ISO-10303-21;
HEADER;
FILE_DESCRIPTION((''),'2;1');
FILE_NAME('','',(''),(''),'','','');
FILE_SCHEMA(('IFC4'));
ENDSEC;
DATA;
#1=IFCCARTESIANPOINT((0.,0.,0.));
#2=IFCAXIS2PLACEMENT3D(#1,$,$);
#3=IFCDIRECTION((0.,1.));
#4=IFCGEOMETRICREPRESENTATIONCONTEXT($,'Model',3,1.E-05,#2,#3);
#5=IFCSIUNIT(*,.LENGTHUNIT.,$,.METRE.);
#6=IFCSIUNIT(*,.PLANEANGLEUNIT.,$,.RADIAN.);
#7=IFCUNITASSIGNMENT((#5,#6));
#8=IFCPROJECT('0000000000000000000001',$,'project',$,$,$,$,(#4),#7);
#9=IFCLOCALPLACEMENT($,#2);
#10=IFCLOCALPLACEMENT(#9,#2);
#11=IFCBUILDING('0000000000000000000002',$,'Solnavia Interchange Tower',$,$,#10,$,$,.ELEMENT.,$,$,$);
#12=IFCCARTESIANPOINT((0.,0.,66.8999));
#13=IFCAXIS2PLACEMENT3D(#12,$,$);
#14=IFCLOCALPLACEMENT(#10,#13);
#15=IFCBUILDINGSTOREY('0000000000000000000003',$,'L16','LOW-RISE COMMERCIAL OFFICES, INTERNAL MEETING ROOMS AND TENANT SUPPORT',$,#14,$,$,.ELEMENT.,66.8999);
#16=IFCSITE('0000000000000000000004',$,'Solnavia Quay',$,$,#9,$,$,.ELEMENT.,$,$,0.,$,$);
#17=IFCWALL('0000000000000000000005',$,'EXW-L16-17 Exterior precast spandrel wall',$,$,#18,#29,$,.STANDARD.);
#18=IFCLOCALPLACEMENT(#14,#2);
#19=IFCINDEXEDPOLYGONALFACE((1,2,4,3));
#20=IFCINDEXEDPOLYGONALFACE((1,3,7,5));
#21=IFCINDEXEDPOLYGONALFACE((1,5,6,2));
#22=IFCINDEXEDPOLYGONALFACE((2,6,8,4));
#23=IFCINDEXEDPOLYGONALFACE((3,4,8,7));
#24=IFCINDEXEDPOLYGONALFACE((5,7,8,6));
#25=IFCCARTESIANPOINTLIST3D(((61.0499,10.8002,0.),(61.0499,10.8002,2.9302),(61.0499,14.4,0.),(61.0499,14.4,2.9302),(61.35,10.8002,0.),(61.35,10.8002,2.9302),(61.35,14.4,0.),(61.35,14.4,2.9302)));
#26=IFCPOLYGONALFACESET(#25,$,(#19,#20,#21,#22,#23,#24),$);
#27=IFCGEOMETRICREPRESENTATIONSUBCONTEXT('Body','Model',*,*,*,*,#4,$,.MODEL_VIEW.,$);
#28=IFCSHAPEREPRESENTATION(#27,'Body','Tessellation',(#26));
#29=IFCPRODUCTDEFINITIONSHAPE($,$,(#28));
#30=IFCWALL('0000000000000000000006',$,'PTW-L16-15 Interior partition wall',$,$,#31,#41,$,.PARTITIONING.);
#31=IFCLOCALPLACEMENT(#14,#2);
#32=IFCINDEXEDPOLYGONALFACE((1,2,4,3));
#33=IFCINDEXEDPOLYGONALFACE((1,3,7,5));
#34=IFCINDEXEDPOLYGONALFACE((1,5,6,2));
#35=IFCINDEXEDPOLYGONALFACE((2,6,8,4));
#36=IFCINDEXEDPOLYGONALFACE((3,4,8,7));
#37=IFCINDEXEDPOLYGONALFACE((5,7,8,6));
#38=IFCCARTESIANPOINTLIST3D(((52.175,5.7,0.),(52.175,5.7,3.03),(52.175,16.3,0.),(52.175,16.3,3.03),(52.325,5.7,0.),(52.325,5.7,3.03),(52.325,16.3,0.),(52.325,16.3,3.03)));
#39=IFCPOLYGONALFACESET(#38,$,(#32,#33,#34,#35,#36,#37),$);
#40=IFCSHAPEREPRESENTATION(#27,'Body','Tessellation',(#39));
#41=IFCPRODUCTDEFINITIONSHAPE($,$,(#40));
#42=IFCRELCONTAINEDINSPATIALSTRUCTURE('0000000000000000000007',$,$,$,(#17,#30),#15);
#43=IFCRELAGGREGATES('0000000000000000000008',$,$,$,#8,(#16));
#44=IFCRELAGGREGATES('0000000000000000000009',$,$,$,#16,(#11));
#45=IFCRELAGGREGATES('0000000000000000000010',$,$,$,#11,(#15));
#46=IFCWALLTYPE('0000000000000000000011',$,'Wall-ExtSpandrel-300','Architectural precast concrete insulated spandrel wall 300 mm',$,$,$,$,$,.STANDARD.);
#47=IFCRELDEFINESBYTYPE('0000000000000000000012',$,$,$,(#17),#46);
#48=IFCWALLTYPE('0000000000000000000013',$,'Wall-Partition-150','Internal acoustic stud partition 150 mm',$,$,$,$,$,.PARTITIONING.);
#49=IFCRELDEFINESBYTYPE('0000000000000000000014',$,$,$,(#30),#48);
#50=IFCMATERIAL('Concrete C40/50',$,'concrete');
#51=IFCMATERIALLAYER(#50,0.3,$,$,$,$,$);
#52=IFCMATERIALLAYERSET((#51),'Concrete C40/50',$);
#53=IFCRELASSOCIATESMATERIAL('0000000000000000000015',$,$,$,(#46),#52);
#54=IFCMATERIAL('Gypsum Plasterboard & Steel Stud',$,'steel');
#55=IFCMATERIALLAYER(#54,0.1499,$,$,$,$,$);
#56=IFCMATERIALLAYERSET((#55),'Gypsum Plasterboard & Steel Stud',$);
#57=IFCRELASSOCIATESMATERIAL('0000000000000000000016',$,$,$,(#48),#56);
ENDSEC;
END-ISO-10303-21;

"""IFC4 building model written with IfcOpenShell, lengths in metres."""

from ifc_helpers import new_model, si_unit, direction, frame, frame_2d, origin, place, context, subcontext, project, spatial, rectangle, extrude, material, layer, layer_set, type_object, element, save


model = new_model("IFC4")

# Units and contexts
model_context = context("Model", 3, precision=1e-05, world=origin(), true_north=direction((0.0, 1.0)))
body_context = subcontext(model_context, "Body", "Model", "MODEL_VIEW")
ifc_project = project(units=[si_unit("LENGTHUNIT", "METRE"), si_unit("PLANEANGLEUNIT", "RADIAN")], contexts=[model_context])

# Site, building, storey
site_placement = place(None, origin())
site = spatial("IfcSite", under=ifc_project, at=site_placement, Name="Solnavia Quay", CompositionType="ELEMENT", RefElevation=0.0)
building_placement = place(site_placement, origin())
building = spatial("IfcBuilding", under=site, at=building_placement, Name="Solnavia Interchange Tower", CompositionType="ELEMENT")
storey_placement = place(building_placement, frame((0.0, 0.0, 66.8999)))
storey = spatial("IfcBuildingStorey", under=building, at=storey_placement, Name="L16", Description="LOW-RISE COMMERCIAL OFFICES, INTERNAL MEETING ROOMS AND TENANT SUPPORT", CompositionType="ELEMENT", Elevation=66.8999)

# Walls
ifc_material_1 = material(Name="Concrete C40/50", Category="concrete")
ifc_layer_1 = layer(ifc_material_1, 0.3)
ifc_layer_set_1 = layer_set([ifc_layer_1], Name="Concrete C40/50")
wall_type_1 = type_object("IfcWallType", Name="Wall-ExtSpandrel-300", Description="Architectural precast concrete insulated spandrel wall 300 mm", PredefinedType="STANDARD", material=ifc_layer_set_1)
wall_1_placement = place(storey_placement, frame((61.2, 14.3999, 0.0), z_axis=(0.0, 0.0, 1.0), x_axis=(0.0, -1.0, 0.0)))
element("IfcWall", 1, at=wall_1_placement, inside=storey, type_object=wall_type_1, Name="EXW-L16-17 Exterior precast spandrel wall", PredefinedType="STANDARD", context=body_context, shape_type="SweptSolid", body=[
    extrude(rectangle(XDim=3.5999, YDim=0.3, at=frame_2d((1.7998, 0.0))), origin(), (0.0, 0.0, 1.0), 2.9302),
])
ifc_material_2 = material(Name="Gypsum Plasterboard & Steel Stud", Category="steel")
ifc_layer_2 = layer(ifc_material_2, 0.1499)
ifc_layer_set_2 = layer_set([ifc_layer_2], Name="Gypsum Plasterboard & Steel Stud")
wall_type_2 = type_object("IfcWallType", Name="Wall-Partition-150", Description="Internal acoustic stud partition 150 mm", PredefinedType="PARTITIONING", material=ifc_layer_set_2)
wall_2_placement = place(storey_placement, frame((52.25, 5.7, 0.0), z_axis=(0.0, 0.0, 1.0), x_axis=(0.0, 1.0, 0.0)))
element("IfcWall", 2, at=wall_2_placement, inside=storey, type_object=wall_type_2, Name="PTW-L16-15 Interior partition wall", PredefinedType="PARTITIONING", context=body_context, shape_type="SweptSolid", body=[
    extrude(rectangle(XDim=10.6001, YDim=0.1499, at=frame_2d((5.3, 0.0))), origin(), (0.0, 0.0, 1.0), 3.03),
])

save(model, "model.ifc")
